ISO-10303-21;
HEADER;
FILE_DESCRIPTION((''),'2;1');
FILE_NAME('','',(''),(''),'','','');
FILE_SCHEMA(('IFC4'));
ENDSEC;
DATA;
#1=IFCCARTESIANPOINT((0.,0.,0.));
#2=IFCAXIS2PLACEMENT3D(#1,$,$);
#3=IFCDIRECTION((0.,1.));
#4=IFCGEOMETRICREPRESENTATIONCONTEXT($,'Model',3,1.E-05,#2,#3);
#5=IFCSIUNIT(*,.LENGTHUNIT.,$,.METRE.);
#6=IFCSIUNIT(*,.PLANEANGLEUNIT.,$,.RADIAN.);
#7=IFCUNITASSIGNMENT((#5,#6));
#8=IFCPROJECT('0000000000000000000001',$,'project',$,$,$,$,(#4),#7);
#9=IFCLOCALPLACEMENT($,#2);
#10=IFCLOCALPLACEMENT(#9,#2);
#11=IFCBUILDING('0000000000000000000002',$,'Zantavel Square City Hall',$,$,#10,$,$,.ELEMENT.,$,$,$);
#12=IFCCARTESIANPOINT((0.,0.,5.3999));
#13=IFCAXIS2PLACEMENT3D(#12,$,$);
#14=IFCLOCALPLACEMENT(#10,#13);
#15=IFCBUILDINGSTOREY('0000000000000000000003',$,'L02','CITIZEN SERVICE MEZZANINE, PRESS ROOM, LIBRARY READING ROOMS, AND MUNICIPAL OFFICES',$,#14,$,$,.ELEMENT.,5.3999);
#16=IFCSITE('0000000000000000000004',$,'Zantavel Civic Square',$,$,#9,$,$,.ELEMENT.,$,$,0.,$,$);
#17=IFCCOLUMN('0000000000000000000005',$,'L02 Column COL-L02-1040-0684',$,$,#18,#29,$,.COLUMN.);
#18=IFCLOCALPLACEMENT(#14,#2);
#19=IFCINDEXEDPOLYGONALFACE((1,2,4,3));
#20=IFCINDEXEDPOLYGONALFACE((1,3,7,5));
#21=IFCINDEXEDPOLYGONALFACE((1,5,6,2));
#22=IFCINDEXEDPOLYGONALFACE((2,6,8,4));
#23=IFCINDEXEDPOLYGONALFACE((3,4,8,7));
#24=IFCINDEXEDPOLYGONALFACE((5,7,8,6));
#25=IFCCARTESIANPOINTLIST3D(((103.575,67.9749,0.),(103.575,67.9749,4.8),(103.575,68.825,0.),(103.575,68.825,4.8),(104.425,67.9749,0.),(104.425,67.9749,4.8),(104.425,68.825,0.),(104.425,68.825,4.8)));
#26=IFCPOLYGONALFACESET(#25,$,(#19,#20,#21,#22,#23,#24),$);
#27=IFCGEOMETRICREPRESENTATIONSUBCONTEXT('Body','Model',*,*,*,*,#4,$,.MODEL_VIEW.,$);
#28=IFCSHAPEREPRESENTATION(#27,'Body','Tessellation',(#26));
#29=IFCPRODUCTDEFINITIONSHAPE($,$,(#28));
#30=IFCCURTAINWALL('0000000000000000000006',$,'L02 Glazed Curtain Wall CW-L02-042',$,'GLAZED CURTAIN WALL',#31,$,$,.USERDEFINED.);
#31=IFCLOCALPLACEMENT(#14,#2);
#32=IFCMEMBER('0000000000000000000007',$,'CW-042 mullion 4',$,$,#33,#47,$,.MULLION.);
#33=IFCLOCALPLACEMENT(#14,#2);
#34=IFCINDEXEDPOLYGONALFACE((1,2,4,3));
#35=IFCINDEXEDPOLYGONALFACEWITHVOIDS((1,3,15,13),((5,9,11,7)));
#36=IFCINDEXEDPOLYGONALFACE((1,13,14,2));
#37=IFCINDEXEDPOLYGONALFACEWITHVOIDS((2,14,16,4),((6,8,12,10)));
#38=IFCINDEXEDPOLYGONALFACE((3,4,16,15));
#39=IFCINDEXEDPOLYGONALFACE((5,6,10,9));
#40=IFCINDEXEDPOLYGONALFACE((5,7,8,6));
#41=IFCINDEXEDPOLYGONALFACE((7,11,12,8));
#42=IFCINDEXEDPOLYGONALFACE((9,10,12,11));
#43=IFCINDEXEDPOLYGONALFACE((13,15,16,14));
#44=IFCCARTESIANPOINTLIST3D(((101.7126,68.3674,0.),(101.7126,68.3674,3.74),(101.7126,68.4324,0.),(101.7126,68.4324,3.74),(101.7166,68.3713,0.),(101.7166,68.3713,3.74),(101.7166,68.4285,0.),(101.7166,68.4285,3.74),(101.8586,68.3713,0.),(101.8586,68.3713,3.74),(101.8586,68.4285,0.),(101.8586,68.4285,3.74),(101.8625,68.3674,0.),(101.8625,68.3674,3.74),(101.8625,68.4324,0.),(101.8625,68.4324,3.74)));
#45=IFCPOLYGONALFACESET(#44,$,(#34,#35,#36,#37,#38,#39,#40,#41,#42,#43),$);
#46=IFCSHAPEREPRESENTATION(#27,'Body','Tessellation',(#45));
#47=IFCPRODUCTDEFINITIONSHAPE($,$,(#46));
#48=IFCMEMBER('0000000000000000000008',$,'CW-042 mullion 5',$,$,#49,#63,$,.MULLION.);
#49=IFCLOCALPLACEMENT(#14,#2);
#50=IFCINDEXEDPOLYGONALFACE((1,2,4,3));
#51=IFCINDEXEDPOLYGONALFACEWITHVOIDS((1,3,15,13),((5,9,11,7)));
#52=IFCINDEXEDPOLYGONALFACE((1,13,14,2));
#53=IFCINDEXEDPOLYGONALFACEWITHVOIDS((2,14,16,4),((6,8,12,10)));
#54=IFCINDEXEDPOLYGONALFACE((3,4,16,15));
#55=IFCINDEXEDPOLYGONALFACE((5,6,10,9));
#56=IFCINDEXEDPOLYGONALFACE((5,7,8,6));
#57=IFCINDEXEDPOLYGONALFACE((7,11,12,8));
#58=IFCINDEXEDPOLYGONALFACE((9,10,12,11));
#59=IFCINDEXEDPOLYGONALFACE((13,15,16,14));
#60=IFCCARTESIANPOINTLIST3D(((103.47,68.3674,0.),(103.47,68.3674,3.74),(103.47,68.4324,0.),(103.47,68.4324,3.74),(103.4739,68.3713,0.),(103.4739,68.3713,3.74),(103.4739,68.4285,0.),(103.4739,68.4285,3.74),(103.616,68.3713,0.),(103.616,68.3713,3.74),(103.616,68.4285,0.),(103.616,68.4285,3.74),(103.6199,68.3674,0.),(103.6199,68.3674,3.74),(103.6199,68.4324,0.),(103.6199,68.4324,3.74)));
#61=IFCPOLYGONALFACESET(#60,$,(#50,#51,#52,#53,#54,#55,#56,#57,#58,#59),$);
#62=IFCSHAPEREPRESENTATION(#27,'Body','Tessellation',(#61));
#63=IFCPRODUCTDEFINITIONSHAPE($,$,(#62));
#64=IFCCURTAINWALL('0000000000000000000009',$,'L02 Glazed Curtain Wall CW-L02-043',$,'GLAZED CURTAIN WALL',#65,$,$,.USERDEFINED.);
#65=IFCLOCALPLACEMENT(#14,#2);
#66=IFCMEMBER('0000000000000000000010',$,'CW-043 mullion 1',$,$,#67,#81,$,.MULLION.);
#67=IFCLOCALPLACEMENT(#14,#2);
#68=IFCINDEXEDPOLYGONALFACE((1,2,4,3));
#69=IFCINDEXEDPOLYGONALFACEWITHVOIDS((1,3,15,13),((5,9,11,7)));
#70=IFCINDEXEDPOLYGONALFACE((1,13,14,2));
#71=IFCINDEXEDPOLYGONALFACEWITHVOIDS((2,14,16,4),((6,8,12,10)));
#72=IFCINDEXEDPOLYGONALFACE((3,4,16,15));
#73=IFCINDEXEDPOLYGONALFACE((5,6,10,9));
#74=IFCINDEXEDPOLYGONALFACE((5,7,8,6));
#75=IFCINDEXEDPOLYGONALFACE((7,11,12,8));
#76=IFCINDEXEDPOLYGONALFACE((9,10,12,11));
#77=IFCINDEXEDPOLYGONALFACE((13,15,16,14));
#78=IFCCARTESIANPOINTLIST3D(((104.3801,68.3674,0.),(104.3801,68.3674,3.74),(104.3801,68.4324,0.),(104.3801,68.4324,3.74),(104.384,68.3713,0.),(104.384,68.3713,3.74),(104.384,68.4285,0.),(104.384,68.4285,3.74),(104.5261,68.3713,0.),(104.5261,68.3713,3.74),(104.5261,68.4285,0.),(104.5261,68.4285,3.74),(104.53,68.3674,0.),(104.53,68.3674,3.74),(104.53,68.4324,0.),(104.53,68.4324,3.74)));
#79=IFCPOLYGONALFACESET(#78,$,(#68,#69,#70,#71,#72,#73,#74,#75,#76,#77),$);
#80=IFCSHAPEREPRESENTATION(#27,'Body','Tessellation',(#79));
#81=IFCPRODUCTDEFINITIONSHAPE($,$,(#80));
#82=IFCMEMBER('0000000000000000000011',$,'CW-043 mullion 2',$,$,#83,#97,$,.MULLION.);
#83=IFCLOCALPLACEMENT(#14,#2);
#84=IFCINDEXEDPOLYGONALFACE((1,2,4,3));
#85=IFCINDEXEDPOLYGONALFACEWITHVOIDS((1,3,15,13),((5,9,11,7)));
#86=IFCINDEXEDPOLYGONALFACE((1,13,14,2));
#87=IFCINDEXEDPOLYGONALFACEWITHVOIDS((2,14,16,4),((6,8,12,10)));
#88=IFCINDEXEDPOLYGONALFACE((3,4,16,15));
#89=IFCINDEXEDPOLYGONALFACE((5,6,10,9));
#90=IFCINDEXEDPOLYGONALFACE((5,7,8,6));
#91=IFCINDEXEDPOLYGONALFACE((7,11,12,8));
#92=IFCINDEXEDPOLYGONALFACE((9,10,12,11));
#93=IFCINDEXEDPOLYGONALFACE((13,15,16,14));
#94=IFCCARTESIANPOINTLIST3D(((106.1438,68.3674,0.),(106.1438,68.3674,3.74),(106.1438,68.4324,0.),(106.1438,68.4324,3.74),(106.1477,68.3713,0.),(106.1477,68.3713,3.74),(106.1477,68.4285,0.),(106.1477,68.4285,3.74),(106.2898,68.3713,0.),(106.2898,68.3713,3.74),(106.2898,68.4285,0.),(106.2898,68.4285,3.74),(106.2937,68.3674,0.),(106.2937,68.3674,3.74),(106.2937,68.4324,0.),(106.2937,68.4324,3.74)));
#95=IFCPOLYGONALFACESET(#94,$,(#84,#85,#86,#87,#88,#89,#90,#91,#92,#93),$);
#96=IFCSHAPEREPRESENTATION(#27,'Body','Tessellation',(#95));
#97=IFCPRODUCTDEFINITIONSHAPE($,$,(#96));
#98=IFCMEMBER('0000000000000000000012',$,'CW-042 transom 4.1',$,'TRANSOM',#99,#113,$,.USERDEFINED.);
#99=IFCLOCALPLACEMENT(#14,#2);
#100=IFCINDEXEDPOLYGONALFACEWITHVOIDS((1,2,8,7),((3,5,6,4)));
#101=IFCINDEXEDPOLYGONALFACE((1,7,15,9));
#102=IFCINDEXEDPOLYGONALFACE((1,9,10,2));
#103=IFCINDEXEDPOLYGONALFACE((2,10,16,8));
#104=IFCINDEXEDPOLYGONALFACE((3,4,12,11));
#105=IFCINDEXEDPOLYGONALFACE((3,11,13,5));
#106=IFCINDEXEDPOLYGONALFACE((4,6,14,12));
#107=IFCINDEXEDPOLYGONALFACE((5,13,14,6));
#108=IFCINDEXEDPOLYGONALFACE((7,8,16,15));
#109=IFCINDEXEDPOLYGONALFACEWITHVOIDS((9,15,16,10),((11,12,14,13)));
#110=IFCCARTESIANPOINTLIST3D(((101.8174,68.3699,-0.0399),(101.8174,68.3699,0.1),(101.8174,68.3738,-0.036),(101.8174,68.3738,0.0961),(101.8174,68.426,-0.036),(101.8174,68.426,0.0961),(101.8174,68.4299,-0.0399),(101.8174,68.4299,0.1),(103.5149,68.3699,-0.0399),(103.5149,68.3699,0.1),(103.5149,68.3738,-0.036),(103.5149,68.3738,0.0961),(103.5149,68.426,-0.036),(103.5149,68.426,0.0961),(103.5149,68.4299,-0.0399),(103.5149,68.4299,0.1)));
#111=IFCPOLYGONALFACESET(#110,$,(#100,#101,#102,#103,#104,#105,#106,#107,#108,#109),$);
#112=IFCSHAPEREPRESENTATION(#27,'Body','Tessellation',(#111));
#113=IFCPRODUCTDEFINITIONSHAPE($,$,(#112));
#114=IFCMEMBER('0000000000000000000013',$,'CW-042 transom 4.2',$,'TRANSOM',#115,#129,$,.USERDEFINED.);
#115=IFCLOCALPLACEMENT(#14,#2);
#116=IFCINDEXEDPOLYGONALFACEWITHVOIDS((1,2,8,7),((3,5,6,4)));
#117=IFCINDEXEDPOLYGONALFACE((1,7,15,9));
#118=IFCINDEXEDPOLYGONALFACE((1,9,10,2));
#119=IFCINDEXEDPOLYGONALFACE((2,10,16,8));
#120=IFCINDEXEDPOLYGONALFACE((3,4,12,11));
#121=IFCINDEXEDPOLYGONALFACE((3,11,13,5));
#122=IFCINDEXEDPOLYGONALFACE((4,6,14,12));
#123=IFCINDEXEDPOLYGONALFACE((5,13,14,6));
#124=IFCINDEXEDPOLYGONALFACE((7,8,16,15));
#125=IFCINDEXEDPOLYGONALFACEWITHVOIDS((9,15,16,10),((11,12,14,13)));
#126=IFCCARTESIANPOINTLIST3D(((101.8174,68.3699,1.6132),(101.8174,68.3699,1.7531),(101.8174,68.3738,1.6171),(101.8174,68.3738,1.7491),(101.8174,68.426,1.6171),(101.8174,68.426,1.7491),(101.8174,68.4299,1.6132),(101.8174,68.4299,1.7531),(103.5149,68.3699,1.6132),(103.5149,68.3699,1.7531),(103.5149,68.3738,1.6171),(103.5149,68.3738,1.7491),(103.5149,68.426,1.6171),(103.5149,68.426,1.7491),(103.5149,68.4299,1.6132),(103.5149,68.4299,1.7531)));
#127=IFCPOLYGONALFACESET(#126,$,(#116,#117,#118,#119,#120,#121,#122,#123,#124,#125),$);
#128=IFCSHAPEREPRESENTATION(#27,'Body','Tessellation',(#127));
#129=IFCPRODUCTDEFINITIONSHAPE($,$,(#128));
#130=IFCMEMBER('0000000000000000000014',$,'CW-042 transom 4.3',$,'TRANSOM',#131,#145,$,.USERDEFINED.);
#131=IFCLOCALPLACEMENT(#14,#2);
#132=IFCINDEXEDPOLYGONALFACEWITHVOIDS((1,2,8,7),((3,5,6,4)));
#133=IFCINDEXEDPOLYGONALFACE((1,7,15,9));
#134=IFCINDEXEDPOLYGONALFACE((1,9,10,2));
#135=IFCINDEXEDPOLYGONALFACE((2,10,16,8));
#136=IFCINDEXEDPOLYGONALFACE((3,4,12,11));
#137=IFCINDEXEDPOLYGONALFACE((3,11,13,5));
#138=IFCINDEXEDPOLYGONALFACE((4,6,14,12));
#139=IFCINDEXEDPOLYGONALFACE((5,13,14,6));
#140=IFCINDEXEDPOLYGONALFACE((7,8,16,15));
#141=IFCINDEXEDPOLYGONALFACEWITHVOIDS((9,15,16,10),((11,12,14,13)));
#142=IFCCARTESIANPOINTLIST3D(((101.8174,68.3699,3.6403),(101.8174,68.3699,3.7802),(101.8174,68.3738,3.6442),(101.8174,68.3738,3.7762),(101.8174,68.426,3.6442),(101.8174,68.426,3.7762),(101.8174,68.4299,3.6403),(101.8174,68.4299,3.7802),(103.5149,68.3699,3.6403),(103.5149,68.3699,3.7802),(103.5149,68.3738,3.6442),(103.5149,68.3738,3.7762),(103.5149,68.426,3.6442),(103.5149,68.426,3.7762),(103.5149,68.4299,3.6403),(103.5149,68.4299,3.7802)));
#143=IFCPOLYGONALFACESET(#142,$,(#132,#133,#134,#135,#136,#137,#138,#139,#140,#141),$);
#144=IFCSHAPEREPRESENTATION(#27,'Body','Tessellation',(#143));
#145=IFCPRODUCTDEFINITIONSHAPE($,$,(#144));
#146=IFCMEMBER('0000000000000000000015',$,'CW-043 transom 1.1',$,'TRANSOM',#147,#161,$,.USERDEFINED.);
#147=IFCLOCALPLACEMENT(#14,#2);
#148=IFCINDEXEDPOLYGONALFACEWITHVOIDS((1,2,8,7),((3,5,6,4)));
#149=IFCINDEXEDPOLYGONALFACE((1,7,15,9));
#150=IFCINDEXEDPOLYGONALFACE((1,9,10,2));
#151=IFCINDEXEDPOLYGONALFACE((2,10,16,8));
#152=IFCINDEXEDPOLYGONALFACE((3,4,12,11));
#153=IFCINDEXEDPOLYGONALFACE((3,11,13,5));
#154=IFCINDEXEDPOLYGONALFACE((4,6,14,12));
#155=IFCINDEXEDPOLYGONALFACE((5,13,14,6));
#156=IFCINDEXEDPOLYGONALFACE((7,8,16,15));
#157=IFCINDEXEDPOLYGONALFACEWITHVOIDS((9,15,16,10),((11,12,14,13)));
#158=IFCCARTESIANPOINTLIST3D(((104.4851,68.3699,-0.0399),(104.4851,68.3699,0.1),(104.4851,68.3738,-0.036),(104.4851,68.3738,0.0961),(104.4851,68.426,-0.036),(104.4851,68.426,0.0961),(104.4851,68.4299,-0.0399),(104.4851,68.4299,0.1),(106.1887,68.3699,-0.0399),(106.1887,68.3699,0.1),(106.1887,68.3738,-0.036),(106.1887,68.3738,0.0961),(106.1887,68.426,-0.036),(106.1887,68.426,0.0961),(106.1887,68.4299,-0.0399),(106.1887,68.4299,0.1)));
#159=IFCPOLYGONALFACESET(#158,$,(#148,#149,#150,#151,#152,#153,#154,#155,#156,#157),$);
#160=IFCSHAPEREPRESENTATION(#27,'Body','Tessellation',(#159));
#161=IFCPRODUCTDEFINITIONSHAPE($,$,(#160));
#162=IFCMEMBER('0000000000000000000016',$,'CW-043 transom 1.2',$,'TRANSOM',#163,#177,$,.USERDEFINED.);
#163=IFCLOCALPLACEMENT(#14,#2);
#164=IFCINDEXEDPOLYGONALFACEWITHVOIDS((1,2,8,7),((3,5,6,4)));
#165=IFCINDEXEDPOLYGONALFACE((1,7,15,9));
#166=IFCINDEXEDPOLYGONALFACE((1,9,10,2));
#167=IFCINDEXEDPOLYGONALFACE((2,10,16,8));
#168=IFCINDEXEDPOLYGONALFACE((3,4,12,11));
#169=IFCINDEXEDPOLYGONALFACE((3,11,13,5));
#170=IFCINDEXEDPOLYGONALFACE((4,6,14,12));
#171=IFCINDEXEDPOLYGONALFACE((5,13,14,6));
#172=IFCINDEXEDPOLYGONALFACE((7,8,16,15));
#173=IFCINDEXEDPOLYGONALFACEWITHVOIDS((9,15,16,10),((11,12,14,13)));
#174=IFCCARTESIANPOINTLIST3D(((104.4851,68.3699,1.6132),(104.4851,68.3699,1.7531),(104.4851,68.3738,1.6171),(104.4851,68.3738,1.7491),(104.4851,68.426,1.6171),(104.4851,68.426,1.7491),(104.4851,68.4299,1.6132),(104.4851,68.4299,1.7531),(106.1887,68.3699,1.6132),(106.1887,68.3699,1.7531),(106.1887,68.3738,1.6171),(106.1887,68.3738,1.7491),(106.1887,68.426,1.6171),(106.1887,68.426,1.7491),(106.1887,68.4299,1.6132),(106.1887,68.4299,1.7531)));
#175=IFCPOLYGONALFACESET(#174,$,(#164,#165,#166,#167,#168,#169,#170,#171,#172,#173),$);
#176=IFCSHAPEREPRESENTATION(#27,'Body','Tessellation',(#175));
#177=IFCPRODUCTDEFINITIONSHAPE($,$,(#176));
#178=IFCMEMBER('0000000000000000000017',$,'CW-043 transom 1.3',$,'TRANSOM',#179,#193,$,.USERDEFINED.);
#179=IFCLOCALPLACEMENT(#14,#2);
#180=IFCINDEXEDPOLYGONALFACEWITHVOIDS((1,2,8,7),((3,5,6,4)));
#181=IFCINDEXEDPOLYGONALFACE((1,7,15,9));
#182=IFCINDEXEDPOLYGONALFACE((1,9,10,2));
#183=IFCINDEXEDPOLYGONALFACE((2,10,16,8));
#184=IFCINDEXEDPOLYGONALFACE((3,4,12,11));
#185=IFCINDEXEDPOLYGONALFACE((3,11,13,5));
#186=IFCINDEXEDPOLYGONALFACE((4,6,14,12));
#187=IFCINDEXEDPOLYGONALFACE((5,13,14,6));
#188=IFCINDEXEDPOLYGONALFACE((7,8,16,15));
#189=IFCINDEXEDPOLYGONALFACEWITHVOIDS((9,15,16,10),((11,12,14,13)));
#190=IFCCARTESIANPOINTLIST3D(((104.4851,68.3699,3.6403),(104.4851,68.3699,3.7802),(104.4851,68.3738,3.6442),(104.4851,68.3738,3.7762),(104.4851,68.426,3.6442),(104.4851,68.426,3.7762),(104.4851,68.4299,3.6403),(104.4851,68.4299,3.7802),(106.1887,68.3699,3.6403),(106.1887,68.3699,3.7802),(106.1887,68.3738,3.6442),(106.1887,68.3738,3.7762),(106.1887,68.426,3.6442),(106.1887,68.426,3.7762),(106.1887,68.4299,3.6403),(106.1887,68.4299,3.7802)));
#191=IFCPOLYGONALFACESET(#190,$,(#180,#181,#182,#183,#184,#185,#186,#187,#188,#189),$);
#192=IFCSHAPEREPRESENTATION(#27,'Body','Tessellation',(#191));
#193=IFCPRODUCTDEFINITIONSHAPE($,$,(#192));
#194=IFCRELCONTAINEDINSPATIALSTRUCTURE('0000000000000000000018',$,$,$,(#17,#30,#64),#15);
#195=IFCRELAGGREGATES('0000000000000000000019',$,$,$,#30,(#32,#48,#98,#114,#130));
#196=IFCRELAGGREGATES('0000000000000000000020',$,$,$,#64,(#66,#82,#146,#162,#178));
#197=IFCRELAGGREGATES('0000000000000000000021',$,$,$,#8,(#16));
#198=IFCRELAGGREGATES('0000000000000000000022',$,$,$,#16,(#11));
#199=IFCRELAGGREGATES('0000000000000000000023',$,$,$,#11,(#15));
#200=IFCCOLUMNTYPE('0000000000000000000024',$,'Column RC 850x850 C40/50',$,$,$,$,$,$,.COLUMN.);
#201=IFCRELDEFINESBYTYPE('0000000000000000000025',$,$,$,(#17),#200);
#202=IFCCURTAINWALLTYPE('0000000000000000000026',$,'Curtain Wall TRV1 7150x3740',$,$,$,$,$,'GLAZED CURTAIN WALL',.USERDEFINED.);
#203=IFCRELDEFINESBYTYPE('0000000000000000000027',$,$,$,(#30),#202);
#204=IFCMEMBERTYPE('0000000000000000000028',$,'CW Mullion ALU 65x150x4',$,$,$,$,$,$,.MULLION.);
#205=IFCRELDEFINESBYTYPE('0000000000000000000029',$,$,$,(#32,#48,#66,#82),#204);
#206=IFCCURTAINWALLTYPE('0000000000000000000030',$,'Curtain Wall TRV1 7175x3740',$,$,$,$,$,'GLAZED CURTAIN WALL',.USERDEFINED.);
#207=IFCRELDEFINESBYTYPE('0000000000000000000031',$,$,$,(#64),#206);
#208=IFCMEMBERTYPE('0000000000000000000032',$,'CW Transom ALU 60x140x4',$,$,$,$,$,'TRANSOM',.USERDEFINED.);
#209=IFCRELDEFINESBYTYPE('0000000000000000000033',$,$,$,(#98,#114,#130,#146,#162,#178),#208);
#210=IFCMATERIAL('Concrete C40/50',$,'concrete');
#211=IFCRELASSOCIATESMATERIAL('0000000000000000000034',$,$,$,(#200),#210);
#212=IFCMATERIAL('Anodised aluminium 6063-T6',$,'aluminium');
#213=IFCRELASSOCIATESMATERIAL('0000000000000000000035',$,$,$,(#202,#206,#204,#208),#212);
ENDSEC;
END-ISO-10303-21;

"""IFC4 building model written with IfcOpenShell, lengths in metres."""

from ifc_helpers import new_model, si_unit, direction, frame, origin, origin_2d, place, context, subcontext, project, spatial, rectangle, hollow_rectangle, extrude, material, material_profile, profile_set, type_object, element, aggregate, save


model = new_model("IFC4")

# Units and contexts
model_context = context("Model", 3, precision=1e-05, world=origin(), true_north=direction((0.0, 1.0)))
body_context = subcontext(model_context, "Body", "Model", "MODEL_VIEW")
ifc_project = project(units=[si_unit("LENGTHUNIT", "METRE"), si_unit("PLANEANGLEUNIT", "RADIAN")], contexts=[model_context])

# Site, building, storey
site_placement = place(None, origin())
site = spatial("IfcSite", under=ifc_project, at=site_placement, Name="Zantavel Civic Square", CompositionType="ELEMENT", RefElevation=0.0)
building_placement = place(site_placement, origin())
building = spatial("IfcBuilding", under=site, at=building_placement, Name="Zantavel Square City Hall", CompositionType="ELEMENT")
storey_placement = place(building_placement, frame((0.0, 0.0, 5.3999)))
storey = spatial("IfcBuildingStorey", under=building, at=storey_placement, Name="L02", Description="CITIZEN SERVICE MEZZANINE, PRESS ROOM, LIBRARY READING ROOMS, AND MUNICIPAL OFFICES", CompositionType="ELEMENT", Elevation=5.3999)

# Column
ifc_material_1 = material(Name="Concrete C40/50", Category="concrete")
ifc_material_profile_1 = material_profile(ifc_material_1, rectangle(XDim=0.8501, YDim=0.8501, at=origin_2d()), Name="RC 850x850")
ifc_profile_set_1 = profile_set([ifc_material_profile_1], Name="Concrete C40/50")
column_type = type_object("IfcColumnType", Name="Column RC 850x850 C40/50", PredefinedType="COLUMN", material=ifc_profile_set_1)
column_placement = place(storey_placement, frame((104.0, 68.3999, 0.0), z_axis=(0.0, 0.0, 1.0), x_axis=(1.0, 0.0, 0.0)))
element("IfcColumn", 1, at=column_placement, inside=storey, type_object=column_type, Name="L02 Column COL-L02-1040-0684", PredefinedType="COLUMN", context=body_context, shape_type="SweptSolid", body=[
    extrude(rectangle(XDim=0.8501, YDim=0.8501, at=origin_2d()), origin(), (0.0, 0.0, 1.0), 4.8),
])

# Curtain walls, members
ifc_material_2 = material(Name="Anodised aluminium 6063-T6", Category="aluminium")
curtain_wall_type_1 = type_object("IfcCurtainWallType", Name="Curtain Wall TRV1 7150x3740", ElementType="GLAZED CURTAIN WALL", PredefinedType="USERDEFINED", material=ifc_material_2)
curtain_wall_1_placement = place(storey_placement, origin())
curtain_wall_1 = element("IfcCurtainWall", 2, at=curtain_wall_1_placement, inside=storey, type_object=curtain_wall_type_1, Name="L02 Glazed Curtain Wall CW-L02-042", ObjectType="GLAZED CURTAIN WALL", PredefinedType="USERDEFINED")
ifc_material_profile_2 = material_profile(ifc_material_2, hollow_rectangle(XDim=0.0649, YDim=0.1499, WallThickness=0.0039, at=origin_2d()), Name="ALU 65x150x4")
ifc_profile_set_2 = profile_set([ifc_material_profile_2], Name="Anodised aluminium 6063-T6")
member_type_1 = type_object("IfcMemberType", Name="CW Mullion ALU 65x150x4", PredefinedType="MULLION", material=ifc_profile_set_2)
member_1_placement = place(storey_placement, frame((101.7876, 68.3999, 0.0), z_axis=(0.0, 0.0, 1.0), x_axis=(0.0, 1.0, 0.0)))
member_1 = element("IfcMember", 3, at=member_1_placement, type_object=member_type_1, Name="CW-042 mullion 4", PredefinedType="MULLION", context=body_context, shape_type="SweptSolid", body=[
    extrude(hollow_rectangle(XDim=0.0649, YDim=0.1499, WallThickness=0.0039, at=origin_2d()), origin(), (0.0, 0.0, 1.0), 3.74),
])
member_2_placement = place(storey_placement, frame((103.5449, 68.3999, 0.0), z_axis=(0.0, 0.0, 1.0), x_axis=(0.0, 1.0, 0.0)))
member_2 = element("IfcMember", 4, at=member_2_placement, type_object=member_type_1, Name="CW-042 mullion 5", PredefinedType="MULLION", context=body_context, shape_type="SweptSolid", body=[
    extrude(hollow_rectangle(XDim=0.0649, YDim=0.1499, WallThickness=0.0039, at=origin_2d()), origin(), (0.0, 0.0, 1.0), 3.74),
])
curtain_wall_type_2 = type_object("IfcCurtainWallType", Name="Curtain Wall TRV1 7175x3740", ElementType="GLAZED CURTAIN WALL", PredefinedType="USERDEFINED", material=ifc_material_2)
curtain_wall_2_placement = place(storey_placement, origin())
curtain_wall_2 = element("IfcCurtainWall", 5, at=curtain_wall_2_placement, inside=storey, type_object=curtain_wall_type_2, Name="L02 Glazed Curtain Wall CW-L02-043", ObjectType="GLAZED CURTAIN WALL", PredefinedType="USERDEFINED")
member_3_placement = place(storey_placement, frame((104.4551, 68.3999, 0.0), z_axis=(0.0, 0.0, 1.0), x_axis=(0.0, 1.0, 0.0)))
member_3 = element("IfcMember", 6, at=member_3_placement, type_object=member_type_1, Name="CW-043 mullion 1", PredefinedType="MULLION", context=body_context, shape_type="SweptSolid", body=[
    extrude(hollow_rectangle(XDim=0.0649, YDim=0.1499, WallThickness=0.0039, at=origin_2d()), origin(), (0.0, 0.0, 1.0), 3.74),
])
member_4_placement = place(storey_placement, frame((106.2188, 68.3999, 0.0), z_axis=(0.0, 0.0, 1.0), x_axis=(0.0, 1.0, 0.0)))
member_4 = element("IfcMember", 7, at=member_4_placement, type_object=member_type_1, Name="CW-043 mullion 2", PredefinedType="MULLION", context=body_context, shape_type="SweptSolid", body=[
    extrude(hollow_rectangle(XDim=0.0649, YDim=0.1499, WallThickness=0.0039, at=origin_2d()), origin(), (0.0, 0.0, 1.0), 3.74),
])

# Members
ifc_material_profile_3 = material_profile(ifc_material_2, hollow_rectangle(XDim=0.0601, YDim=0.1399, WallThickness=0.0039, at=origin_2d()), Name="ALU 60x140x4")
ifc_profile_set_3 = profile_set([ifc_material_profile_3], Name="Anodised aluminium 6063-T6")
member_type_2 = type_object("IfcMemberType", Name="CW Transom ALU 60x140x4", ElementType="TRANSOM", PredefinedType="USERDEFINED", material=ifc_profile_set_3)
member_5_placement = place(storey_placement, frame((101.8174, 68.3999, 0.03), z_axis=(1.0, 0.0, 0.0), x_axis=(0.0, 1.0, 0.0)))
member_5 = element("IfcMember", 8, at=member_5_placement, type_object=member_type_2, Name="CW-042 transom 4.1", ObjectType="TRANSOM", PredefinedType="USERDEFINED", context=body_context, shape_type="SweptSolid", body=[
    extrude(hollow_rectangle(XDim=0.0601, YDim=0.1399, WallThickness=0.0039, at=origin_2d()), origin(), (0.0, 0.0, 1.0), 1.6975),
])
member_6_placement = place(storey_placement, frame((101.8174, 68.3999, 1.6831), z_axis=(1.0, 0.0, 0.0), x_axis=(0.0, 1.0, 0.0)))
member_6 = element("IfcMember", 9, at=member_6_placement, type_object=member_type_2, Name="CW-042 transom 4.2", ObjectType="TRANSOM", PredefinedType="USERDEFINED", context=body_context, shape_type="SweptSolid", body=[
    extrude(hollow_rectangle(XDim=0.0601, YDim=0.1399, WallThickness=0.0039, at=origin_2d()), origin(), (0.0, 0.0, 1.0), 1.6975),
])
member_7_placement = place(storey_placement, frame((101.8174, 68.3999, 3.7102), z_axis=(1.0, 0.0, 0.0), x_axis=(0.0, 1.0, 0.0)))
member_7 = element("IfcMember", 10, at=member_7_placement, type_object=member_type_2, Name="CW-042 transom 4.3", ObjectType="TRANSOM", PredefinedType="USERDEFINED", context=body_context, shape_type="SweptSolid", body=[
    extrude(hollow_rectangle(XDim=0.0601, YDim=0.1399, WallThickness=0.0039, at=origin_2d()), origin(), (0.0, 0.0, 1.0), 1.6975),
])
member_8_placement = place(storey_placement, frame((104.4851, 68.3999, 0.03), z_axis=(1.0, 0.0, 0.0), x_axis=(0.0, 1.0, 0.0)))
member_8 = element("IfcMember", 11, at=member_8_placement, type_object=member_type_2, Name="CW-043 transom 1.1", ObjectType="TRANSOM", PredefinedType="USERDEFINED", context=body_context, shape_type="SweptSolid", body=[
    extrude(hollow_rectangle(XDim=0.0601, YDim=0.1399, WallThickness=0.0039, at=origin_2d()), origin(), (0.0, 0.0, 1.0), 1.7036),
])
member_9_placement = place(storey_placement, frame((104.4851, 68.3999, 1.6831), z_axis=(1.0, 0.0, 0.0), x_axis=(0.0, 1.0, 0.0)))
member_9 = element("IfcMember", 12, at=member_9_placement, type_object=member_type_2, Name="CW-043 transom 1.2", ObjectType="TRANSOM", PredefinedType="USERDEFINED", context=body_context, shape_type="SweptSolid", body=[
    extrude(hollow_rectangle(XDim=0.0601, YDim=0.1399, WallThickness=0.0039, at=origin_2d()), origin(), (0.0, 0.0, 1.0), 1.7036),
])
member_10_placement = place(storey_placement, frame((104.4851, 68.3999, 3.7102), z_axis=(1.0, 0.0, 0.0), x_axis=(0.0, 1.0, 0.0)))
member_10 = element("IfcMember", 13, at=member_10_placement, type_object=member_type_2, Name="CW-043 transom 1.3", ObjectType="TRANSOM", PredefinedType="USERDEFINED", context=body_context, shape_type="SweptSolid", body=[
    extrude(hollow_rectangle(XDim=0.0601, YDim=0.1399, WallThickness=0.0039, at=origin_2d()), origin(), (0.0, 0.0, 1.0), 1.7036),
])

aggregate(curtain_wall_1, [member_1, member_2, member_5, member_6, member_7])
aggregate(curtain_wall_2, [member_3, member_4, member_8, member_9, member_10])

save(model, "model.ifc")
